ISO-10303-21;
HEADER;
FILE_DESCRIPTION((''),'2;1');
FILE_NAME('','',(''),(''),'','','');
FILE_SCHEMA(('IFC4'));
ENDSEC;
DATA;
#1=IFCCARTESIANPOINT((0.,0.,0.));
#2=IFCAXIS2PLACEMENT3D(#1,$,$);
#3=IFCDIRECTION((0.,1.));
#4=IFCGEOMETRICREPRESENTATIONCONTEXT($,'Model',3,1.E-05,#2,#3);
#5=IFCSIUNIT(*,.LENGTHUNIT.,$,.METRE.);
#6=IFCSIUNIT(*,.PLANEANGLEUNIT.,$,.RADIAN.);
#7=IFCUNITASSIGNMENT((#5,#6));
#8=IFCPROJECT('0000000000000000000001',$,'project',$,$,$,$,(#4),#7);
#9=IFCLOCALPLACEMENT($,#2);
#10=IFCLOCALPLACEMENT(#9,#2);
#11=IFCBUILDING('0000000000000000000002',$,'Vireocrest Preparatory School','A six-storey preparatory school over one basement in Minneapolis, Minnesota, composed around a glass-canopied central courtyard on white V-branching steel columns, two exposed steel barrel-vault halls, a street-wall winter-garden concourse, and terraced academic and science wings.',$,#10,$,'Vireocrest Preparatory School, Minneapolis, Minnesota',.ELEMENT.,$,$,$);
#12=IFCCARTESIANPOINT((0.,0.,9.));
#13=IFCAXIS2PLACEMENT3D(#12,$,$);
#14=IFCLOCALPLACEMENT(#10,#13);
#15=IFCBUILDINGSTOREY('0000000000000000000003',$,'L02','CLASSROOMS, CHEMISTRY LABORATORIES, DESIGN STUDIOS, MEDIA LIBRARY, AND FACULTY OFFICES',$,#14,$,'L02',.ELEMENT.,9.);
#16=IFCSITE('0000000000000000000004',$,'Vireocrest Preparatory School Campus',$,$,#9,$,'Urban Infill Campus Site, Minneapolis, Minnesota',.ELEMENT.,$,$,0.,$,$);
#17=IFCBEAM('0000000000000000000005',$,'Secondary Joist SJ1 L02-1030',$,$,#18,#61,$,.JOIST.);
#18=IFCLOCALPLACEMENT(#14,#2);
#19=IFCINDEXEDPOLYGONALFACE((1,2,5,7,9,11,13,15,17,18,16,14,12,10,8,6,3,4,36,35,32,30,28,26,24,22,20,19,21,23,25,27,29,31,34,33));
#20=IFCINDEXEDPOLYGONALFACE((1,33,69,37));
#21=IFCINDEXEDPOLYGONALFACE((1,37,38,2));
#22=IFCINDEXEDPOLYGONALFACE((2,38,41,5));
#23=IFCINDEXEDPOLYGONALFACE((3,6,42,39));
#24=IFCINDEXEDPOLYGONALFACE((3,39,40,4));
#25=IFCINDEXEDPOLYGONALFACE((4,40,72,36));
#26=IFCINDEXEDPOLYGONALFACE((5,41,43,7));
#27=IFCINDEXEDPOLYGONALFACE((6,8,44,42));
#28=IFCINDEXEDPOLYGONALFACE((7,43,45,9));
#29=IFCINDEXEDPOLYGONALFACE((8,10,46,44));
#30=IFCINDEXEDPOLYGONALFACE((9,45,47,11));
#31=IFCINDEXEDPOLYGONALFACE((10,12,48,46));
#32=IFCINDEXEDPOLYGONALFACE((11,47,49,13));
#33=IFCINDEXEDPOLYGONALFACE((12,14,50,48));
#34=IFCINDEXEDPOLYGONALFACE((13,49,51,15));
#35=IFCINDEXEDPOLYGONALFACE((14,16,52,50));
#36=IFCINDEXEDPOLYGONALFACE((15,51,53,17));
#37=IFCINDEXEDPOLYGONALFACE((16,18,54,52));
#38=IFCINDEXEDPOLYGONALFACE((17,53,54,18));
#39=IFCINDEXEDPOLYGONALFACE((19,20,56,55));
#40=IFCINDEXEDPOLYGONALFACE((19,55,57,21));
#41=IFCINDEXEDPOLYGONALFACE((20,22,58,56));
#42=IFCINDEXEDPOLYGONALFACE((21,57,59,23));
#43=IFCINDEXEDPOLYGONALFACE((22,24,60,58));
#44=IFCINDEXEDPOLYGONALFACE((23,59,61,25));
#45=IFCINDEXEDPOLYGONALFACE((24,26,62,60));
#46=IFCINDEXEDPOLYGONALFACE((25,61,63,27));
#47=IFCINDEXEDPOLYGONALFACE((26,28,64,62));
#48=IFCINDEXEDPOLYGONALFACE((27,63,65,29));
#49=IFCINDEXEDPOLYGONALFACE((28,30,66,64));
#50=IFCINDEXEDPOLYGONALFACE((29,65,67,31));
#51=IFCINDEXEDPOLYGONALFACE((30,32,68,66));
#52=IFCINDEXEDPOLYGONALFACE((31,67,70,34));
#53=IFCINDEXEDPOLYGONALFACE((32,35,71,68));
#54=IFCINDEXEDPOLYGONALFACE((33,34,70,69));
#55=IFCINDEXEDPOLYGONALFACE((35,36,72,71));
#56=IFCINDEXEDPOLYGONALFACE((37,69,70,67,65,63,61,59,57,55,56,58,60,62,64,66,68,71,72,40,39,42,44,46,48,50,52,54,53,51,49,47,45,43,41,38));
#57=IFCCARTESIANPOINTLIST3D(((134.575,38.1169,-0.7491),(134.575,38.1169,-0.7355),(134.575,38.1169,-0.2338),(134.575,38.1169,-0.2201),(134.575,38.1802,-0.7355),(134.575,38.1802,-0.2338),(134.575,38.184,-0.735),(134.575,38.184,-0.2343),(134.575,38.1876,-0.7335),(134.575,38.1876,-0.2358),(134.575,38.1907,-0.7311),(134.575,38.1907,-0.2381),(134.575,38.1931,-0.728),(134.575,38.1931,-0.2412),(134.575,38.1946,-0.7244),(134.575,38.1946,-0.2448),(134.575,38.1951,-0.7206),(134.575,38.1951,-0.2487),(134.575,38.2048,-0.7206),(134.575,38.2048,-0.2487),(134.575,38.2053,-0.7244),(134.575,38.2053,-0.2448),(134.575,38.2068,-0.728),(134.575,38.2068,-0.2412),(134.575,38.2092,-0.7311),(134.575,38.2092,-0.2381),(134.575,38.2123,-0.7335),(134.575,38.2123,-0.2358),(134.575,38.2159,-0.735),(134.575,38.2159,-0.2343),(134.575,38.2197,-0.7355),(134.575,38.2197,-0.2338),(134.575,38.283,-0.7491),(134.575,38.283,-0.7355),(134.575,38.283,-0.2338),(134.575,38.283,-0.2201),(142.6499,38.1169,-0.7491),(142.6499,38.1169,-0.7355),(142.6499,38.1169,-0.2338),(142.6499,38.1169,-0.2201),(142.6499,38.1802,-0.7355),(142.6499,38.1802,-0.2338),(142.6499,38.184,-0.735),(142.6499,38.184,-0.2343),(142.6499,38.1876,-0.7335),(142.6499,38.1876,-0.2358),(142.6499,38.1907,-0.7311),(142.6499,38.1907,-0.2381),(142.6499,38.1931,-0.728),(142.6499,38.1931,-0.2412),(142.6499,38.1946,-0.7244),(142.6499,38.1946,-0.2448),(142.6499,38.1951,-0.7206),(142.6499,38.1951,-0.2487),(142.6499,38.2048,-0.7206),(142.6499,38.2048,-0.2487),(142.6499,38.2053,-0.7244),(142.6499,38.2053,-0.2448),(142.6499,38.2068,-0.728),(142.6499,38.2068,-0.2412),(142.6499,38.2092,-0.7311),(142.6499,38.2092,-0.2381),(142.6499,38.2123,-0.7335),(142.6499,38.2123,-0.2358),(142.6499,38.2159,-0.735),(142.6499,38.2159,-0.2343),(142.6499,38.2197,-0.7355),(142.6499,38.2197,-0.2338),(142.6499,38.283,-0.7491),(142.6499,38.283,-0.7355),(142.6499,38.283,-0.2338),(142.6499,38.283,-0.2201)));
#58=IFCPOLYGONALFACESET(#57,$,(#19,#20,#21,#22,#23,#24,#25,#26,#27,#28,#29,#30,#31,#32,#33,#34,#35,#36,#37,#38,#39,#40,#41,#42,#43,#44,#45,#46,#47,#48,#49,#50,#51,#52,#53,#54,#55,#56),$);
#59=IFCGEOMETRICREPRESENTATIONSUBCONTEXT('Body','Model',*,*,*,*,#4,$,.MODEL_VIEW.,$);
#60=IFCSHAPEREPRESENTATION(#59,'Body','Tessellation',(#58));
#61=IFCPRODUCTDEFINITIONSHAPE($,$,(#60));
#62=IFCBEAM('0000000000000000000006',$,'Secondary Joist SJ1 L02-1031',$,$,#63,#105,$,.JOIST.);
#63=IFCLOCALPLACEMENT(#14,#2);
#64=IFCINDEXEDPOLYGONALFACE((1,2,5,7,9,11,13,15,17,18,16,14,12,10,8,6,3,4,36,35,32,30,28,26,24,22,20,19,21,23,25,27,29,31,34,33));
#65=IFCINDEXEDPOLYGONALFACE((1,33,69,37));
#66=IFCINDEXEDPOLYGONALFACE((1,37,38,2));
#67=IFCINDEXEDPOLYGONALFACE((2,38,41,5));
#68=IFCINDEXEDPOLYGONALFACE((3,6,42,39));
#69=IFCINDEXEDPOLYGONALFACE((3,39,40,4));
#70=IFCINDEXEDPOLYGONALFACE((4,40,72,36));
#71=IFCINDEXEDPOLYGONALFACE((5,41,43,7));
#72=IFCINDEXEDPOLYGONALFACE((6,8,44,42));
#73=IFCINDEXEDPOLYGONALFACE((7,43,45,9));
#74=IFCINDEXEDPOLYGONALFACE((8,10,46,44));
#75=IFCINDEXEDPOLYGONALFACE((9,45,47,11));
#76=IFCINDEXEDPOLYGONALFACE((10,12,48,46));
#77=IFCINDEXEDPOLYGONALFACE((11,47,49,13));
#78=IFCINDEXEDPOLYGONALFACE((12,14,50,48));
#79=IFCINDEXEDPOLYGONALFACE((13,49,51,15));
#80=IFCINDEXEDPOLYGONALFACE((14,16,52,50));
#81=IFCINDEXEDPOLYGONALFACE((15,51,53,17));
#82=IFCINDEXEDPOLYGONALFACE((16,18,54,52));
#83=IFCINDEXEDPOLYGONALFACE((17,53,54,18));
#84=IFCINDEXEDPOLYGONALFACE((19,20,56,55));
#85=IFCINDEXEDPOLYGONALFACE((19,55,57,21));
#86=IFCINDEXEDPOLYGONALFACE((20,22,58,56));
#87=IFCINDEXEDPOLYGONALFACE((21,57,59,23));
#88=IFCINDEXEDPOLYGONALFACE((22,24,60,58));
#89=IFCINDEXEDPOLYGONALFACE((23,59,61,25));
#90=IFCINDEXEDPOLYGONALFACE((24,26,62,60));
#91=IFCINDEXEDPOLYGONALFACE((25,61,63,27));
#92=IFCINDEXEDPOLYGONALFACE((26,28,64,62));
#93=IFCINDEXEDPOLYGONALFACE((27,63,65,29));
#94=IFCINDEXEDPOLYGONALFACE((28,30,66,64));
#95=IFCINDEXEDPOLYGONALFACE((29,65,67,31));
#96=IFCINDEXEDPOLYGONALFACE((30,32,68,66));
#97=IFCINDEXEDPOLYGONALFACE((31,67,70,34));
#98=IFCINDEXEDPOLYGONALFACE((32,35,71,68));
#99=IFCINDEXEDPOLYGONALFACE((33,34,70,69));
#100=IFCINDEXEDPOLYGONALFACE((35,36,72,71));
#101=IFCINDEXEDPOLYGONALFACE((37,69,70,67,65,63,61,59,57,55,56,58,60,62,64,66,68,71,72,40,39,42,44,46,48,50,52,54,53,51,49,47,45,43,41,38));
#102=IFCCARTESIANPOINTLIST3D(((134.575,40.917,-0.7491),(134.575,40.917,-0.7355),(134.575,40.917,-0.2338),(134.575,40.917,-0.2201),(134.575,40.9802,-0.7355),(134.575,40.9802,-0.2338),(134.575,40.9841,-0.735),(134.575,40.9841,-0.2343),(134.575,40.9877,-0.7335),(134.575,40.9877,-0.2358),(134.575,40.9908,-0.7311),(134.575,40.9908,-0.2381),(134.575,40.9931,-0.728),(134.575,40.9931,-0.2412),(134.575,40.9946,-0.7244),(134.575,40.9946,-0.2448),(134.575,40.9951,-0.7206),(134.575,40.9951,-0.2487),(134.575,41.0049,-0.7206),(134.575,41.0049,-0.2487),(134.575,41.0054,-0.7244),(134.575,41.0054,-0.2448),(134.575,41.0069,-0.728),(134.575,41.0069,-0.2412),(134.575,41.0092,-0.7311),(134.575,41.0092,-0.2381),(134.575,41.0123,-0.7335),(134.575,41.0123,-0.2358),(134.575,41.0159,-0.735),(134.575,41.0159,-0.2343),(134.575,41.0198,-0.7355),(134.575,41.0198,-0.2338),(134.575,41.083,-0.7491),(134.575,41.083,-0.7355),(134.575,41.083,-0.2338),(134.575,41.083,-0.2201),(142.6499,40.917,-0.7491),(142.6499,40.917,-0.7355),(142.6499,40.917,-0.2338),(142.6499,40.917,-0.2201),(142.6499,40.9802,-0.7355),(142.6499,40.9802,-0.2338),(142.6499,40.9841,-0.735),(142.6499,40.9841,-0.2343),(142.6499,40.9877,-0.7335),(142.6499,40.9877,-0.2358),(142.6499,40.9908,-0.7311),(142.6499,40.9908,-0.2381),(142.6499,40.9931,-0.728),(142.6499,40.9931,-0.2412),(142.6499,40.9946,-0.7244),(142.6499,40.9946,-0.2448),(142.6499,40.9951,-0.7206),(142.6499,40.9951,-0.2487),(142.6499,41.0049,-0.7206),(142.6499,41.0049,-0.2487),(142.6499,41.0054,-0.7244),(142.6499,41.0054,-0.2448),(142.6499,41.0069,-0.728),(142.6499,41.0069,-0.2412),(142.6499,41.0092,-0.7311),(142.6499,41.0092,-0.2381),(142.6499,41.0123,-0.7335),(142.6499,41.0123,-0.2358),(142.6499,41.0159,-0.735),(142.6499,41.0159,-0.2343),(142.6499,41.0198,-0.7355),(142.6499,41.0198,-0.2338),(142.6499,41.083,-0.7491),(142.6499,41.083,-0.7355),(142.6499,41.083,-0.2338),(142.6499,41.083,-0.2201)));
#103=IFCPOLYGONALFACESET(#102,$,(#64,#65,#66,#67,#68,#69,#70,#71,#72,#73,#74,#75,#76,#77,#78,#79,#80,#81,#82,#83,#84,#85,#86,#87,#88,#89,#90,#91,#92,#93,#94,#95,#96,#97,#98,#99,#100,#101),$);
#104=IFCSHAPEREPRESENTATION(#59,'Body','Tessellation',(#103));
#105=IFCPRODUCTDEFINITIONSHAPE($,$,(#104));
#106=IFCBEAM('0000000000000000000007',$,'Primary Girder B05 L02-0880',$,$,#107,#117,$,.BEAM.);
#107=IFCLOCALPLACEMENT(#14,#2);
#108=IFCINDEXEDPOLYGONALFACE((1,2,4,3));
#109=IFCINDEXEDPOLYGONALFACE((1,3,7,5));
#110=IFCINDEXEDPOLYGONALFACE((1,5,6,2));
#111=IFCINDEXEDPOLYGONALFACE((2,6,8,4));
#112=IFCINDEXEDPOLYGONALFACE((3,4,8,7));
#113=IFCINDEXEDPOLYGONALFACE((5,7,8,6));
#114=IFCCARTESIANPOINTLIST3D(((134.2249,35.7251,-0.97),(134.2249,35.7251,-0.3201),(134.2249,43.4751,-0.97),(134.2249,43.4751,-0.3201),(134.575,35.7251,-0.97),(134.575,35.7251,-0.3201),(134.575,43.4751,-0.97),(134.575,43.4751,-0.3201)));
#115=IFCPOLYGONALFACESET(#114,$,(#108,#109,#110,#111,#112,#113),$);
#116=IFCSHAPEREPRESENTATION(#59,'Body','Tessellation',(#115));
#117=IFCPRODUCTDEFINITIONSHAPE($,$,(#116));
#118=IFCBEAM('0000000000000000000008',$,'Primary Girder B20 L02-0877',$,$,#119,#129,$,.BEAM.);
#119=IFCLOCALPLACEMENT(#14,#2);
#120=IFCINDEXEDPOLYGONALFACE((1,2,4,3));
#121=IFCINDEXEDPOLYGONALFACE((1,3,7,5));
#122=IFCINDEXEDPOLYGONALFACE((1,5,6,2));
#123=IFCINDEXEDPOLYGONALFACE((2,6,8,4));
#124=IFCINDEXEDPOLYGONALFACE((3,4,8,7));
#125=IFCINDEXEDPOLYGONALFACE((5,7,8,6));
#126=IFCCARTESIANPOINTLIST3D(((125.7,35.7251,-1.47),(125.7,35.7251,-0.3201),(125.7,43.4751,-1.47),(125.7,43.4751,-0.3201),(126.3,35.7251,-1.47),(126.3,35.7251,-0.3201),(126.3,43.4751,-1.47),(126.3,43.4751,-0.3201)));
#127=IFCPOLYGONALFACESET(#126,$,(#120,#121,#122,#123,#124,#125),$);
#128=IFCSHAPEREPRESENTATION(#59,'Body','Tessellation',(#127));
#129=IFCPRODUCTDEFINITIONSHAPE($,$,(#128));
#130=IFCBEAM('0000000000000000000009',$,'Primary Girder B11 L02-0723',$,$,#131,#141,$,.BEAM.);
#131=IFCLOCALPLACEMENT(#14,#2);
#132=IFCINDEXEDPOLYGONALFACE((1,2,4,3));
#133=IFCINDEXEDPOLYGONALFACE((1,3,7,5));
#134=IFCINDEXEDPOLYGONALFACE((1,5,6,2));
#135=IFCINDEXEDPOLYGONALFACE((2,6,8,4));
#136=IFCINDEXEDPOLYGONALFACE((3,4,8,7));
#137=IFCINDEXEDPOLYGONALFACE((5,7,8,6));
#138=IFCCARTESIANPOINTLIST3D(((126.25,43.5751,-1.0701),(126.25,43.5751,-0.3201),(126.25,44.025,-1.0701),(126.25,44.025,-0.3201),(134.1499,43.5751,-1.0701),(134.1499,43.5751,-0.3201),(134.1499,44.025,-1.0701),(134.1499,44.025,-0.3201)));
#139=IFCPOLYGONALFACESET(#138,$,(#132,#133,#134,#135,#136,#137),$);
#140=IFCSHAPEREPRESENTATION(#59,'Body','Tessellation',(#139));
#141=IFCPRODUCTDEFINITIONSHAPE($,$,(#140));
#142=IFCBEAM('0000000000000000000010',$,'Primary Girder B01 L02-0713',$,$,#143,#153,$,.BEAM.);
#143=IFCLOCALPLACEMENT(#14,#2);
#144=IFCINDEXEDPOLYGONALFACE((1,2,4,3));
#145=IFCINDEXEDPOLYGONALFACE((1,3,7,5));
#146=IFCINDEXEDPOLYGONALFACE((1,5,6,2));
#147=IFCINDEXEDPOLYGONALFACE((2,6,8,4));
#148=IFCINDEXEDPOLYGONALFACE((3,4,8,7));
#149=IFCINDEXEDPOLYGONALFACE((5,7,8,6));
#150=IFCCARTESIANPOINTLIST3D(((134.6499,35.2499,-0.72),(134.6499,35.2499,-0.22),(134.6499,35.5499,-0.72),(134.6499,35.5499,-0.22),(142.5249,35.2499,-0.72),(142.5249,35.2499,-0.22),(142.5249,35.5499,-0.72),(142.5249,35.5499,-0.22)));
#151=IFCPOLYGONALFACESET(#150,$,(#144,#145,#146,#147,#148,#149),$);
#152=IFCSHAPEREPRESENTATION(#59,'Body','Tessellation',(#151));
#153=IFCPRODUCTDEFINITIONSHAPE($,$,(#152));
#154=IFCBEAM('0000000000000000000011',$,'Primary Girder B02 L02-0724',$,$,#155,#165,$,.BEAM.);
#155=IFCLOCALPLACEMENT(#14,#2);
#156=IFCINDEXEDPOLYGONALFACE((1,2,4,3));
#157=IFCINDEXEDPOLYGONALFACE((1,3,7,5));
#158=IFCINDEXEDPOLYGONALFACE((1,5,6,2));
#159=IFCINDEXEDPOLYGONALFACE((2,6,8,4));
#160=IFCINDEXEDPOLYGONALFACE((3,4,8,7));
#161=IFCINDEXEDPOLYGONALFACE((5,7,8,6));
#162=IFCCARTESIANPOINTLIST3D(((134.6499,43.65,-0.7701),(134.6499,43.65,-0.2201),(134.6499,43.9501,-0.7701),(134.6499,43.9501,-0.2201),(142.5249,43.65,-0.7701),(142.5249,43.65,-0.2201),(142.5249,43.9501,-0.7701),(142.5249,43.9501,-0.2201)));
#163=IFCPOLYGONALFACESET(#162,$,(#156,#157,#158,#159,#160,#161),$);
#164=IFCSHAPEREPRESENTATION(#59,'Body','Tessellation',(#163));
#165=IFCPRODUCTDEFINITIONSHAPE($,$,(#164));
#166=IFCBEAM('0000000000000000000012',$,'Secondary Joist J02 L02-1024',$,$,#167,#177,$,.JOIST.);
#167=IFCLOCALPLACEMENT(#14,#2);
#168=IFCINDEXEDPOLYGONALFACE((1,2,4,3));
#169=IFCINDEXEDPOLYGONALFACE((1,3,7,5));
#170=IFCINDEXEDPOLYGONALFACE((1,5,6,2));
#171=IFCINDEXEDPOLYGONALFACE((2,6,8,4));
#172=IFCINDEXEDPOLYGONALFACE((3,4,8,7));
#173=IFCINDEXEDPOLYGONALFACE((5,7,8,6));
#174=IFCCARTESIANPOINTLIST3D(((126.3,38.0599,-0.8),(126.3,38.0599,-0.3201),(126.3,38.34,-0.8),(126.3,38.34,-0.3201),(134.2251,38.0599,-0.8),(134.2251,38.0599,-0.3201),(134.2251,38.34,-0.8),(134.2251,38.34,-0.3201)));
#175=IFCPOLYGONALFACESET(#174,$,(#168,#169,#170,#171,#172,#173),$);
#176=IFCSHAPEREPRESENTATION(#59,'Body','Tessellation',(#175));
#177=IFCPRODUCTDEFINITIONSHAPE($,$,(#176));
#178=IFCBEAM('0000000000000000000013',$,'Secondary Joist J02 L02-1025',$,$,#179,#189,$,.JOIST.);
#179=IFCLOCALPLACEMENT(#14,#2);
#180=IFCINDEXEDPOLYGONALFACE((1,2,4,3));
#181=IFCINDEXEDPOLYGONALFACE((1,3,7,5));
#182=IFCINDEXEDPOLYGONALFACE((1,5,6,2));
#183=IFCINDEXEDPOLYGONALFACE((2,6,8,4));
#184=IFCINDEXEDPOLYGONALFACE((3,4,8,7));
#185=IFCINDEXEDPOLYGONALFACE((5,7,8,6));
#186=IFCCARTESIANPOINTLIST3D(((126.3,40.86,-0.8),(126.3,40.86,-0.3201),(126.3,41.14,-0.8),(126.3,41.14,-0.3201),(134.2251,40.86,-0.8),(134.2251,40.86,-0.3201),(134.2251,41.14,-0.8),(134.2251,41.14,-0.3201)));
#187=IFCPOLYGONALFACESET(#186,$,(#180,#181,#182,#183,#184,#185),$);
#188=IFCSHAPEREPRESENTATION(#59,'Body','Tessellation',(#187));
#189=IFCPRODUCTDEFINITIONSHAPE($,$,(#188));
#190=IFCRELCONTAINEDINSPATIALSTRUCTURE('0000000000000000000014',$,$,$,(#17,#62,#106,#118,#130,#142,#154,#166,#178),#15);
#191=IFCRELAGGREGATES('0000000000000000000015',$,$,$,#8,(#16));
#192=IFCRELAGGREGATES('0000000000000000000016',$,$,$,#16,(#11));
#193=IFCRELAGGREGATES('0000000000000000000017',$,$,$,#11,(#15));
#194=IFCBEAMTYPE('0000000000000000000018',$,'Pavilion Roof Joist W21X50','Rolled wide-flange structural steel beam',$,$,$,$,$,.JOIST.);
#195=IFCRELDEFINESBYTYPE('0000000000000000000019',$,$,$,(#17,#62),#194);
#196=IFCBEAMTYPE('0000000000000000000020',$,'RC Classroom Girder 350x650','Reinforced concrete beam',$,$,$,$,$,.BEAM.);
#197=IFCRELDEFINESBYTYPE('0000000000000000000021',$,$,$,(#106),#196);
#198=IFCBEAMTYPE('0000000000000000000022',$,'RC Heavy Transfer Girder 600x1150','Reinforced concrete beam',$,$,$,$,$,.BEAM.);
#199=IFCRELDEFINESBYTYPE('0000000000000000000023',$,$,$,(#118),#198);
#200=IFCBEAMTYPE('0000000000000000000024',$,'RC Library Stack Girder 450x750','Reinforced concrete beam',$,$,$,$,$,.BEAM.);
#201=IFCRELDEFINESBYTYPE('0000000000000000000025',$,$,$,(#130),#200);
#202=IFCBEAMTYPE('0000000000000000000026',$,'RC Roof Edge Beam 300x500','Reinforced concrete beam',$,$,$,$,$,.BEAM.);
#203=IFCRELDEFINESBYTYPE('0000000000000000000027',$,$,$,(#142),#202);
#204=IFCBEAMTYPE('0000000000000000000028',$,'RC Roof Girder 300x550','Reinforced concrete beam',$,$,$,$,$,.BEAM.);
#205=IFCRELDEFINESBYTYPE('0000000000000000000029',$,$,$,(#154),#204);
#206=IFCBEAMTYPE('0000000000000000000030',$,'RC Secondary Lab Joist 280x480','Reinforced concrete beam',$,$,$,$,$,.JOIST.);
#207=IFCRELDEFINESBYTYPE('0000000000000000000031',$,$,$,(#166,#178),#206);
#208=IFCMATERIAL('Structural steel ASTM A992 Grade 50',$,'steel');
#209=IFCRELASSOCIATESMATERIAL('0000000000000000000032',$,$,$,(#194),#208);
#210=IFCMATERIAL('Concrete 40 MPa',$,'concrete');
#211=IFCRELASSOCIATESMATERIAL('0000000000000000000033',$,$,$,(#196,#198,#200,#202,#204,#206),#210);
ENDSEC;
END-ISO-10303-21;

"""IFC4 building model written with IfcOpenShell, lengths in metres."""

from ifc_helpers import new_model, si_unit, direction, frame, origin, origin_2d, place, context, subcontext, project, spatial, rectangle, i_section, extrude, material, material_profile, profile_set, type_object, element, save


model = new_model("IFC4")

# Units and contexts
model_context = context("Model", 3, precision=1e-05, world=origin(), true_north=direction((0.0, 1.0)))
body_context = subcontext(model_context, "Body", "Model", "MODEL_VIEW")
ifc_project = project(units=[si_unit("LENGTHUNIT", "METRE"), si_unit("PLANEANGLEUNIT", "RADIAN")], contexts=[model_context])

# Site, building, storey
site_placement = place(None, origin())
site = spatial("IfcSite", under=ifc_project, at=site_placement, Name="Vireocrest Preparatory School Campus", LongName="Urban Infill Campus Site, Minneapolis, Minnesota", CompositionType="ELEMENT", RefElevation=0.0)
building_placement = place(site_placement, origin())
building = spatial("IfcBuilding", under=site, at=building_placement, Name="Vireocrest Preparatory School", Description="A six-storey preparatory school over one basement in Minneapolis, Minnesota, composed around a glass-canopied central courtyard on white V-branching steel columns, two exposed steel barrel-vault halls, a street-wall winter-garden concourse, and terraced academic and science wings.", LongName="Vireocrest Preparatory School, Minneapolis, Minnesota", CompositionType="ELEMENT")
storey_placement = place(building_placement, frame((0.0, 0.0, 9.0)))
storey = spatial("IfcBuildingStorey", under=building, at=storey_placement, Name="L02", Description="CLASSROOMS, CHEMISTRY LABORATORIES, DESIGN STUDIOS, MEDIA LIBRARY, AND FACULTY OFFICES", LongName="L02", CompositionType="ELEMENT", Elevation=9.0)

# Beams
ifc_material_1 = material(Name="Structural steel ASTM A992 Grade 50", Category="steel")
ifc_material_profile_1 = material_profile(ifc_material_1, i_section(OverallWidth=0.166, OverallDepth=0.5291, WebThickness=0.0098, FlangeThickness=0.0137, FilletRadius=0.0149, at=origin_2d()), Name="W21X50")
ifc_profile_set_1 = profile_set([ifc_material_profile_1], Name="Structural steel ASTM A992 Grade 50")
beam_type_1 = type_object("IfcBeamType", Name="Pavilion Roof Joist W21X50", Description="Rolled wide-flange structural steel beam", PredefinedType="JOIST", material=ifc_profile_set_1)
for number, where, z_axis, x_axis, name in (
    (1, (134.575, 38.2, -0.4846), (1.0, 0.0, 0.0), (0.0, 1.0, 0.0), "Secondary Joist SJ1 L02-1030"),
    (2, (134.575, 41.0, -0.4846), (1.0, 0.0, 0.0), (0.0, 1.0, 0.0), "Secondary Joist SJ1 L02-1031"),
):
    element("IfcBeam", number, at=place(storey_placement, frame(where, z_axis=z_axis, x_axis=x_axis)), inside=storey, type_object=beam_type_1, Name=name, PredefinedType="JOIST", context=body_context, shape_type="SweptSolid", body=[
        extrude(i_section(OverallWidth=0.166, OverallDepth=0.5291, WebThickness=0.0098, FlangeThickness=0.0137, FilletRadius=0.0149, at=origin_2d()), origin(), (0.0, 0.0, 1.0), 8.075),
    ])
ifc_material_2 = material(Name="Concrete 40 MPa", Category="concrete")
ifc_material_profile_2 = material_profile(ifc_material_2, rectangle(XDim=0.3501, YDim=0.6499, at=origin_2d()), Name="RC 350x650")
ifc_profile_set_2 = profile_set([ifc_material_profile_2], Name="Concrete 40 MPa")
beam_type_2 = type_object("IfcBeamType", Name="RC Classroom Girder 350x650", Description="Reinforced concrete beam", PredefinedType="BEAM", material=ifc_profile_set_2)
beam_1_placement = place(storey_placement, frame((134.3999, 35.7251, -0.645), z_axis=(0.0, 1.0, 0.0), x_axis=(-1.0, 0.0, 0.0)))
element("IfcBeam", 3, at=beam_1_placement, inside=storey, type_object=beam_type_2, Name="Primary Girder B05 L02-0880", PredefinedType="BEAM", context=body_context, shape_type="SweptSolid", body=[
    extrude(rectangle(XDim=0.3501, YDim=0.6499, at=origin_2d()), origin(), (0.0, 0.0, 1.0), 7.75),
])
ifc_material_profile_3 = material_profile(ifc_material_2, rectangle(XDim=0.6001, YDim=1.1499, at=origin_2d()), Name="RC 600x1150")
ifc_profile_set_3 = profile_set([ifc_material_profile_3], Name="Concrete 40 MPa")
beam_type_3 = type_object("IfcBeamType", Name="RC Heavy Transfer Girder 600x1150", Description="Reinforced concrete beam", PredefinedType="BEAM", material=ifc_profile_set_3)
beam_2_placement = place(storey_placement, frame((126.0, 35.7251, -0.895), z_axis=(0.0, 1.0, 0.0), x_axis=(-1.0, 0.0, 0.0)))
element("IfcBeam", 4, at=beam_2_placement, inside=storey, type_object=beam_type_3, Name="Primary Girder B20 L02-0877", PredefinedType="BEAM", context=body_context, shape_type="SweptSolid", body=[
    extrude(rectangle(XDim=0.6001, YDim=1.1499, at=origin_2d()), origin(), (0.0, 0.0, 1.0), 7.75),
])
ifc_material_profile_4 = material_profile(ifc_material_2, rectangle(XDim=0.45, YDim=0.75, at=origin_2d()), Name="RC 450x750")
ifc_profile_set_4 = profile_set([ifc_material_profile_4], Name="Concrete 40 MPa")
beam_type_4 = type_object("IfcBeamType", Name="RC Library Stack Girder 450x750", Description="Reinforced concrete beam", PredefinedType="BEAM", material=ifc_profile_set_4)
beam_3_placement = place(storey_placement, frame((126.25, 43.8, -0.6951), z_axis=(1.0, 0.0, 0.0), x_axis=(0.0, 1.0, 0.0)))
element("IfcBeam", 5, at=beam_3_placement, inside=storey, type_object=beam_type_4, Name="Primary Girder B11 L02-0723", PredefinedType="BEAM", context=body_context, shape_type="SweptSolid", body=[
    extrude(rectangle(XDim=0.45, YDim=0.75, at=origin_2d()), origin(), (0.0, 0.0, 1.0), 7.8999),
])
ifc_material_profile_5 = material_profile(ifc_material_2, rectangle(XDim=0.3, YDim=0.5, at=origin_2d()), Name="RC 300x500")
ifc_profile_set_5 = profile_set([ifc_material_profile_5], Name="Concrete 40 MPa")
beam_type_5 = type_object("IfcBeamType", Name="RC Roof Edge Beam 300x500", Description="Reinforced concrete beam", PredefinedType="BEAM", material=ifc_profile_set_5)
beam_4_placement = place(storey_placement, frame((134.6499, 35.3999, -0.47), z_axis=(1.0, 0.0, 0.0), x_axis=(0.0, 1.0, 0.0)))
element("IfcBeam", 6, at=beam_4_placement, inside=storey, type_object=beam_type_5, Name="Primary Girder B01 L02-0713", PredefinedType="BEAM", context=body_context, shape_type="SweptSolid", body=[
    extrude(rectangle(XDim=0.3, YDim=0.5, at=origin_2d()), origin(), (0.0, 0.0, 1.0), 7.875),
])
ifc_material_profile_6 = material_profile(ifc_material_2, rectangle(XDim=0.3, YDim=0.55, at=origin_2d()), Name="RC 300x550")
ifc_profile_set_6 = profile_set([ifc_material_profile_6], Name="Concrete 40 MPa")
beam_type_6 = type_object("IfcBeamType", Name="RC Roof Girder 300x550", Description="Reinforced concrete beam", PredefinedType="BEAM", material=ifc_profile_set_6)
beam_5_placement = place(storey_placement, frame((134.6499, 43.8, -0.4951), z_axis=(1.0, 0.0, 0.0), x_axis=(0.0, 1.0, 0.0)))
element("IfcBeam", 7, at=beam_5_placement, inside=storey, type_object=beam_type_6, Name="Primary Girder B02 L02-0724", PredefinedType="BEAM", context=body_context, shape_type="SweptSolid", body=[
    extrude(rectangle(XDim=0.3, YDim=0.55, at=origin_2d()), origin(), (0.0, 0.0, 1.0), 7.875),
])
ifc_material_profile_7 = material_profile(ifc_material_2, rectangle(XDim=0.28, YDim=0.48, at=origin_2d()), Name="RC 280x480")
ifc_profile_set_7 = profile_set([ifc_material_profile_7], Name="Concrete 40 MPa")
beam_type_7 = type_object("IfcBeamType", Name="RC Secondary Lab Joist 280x480", Description="Reinforced concrete beam", PredefinedType="JOIST", material=ifc_profile_set_7)
for number, where, z_axis, x_axis, name in (
    (8, (126.3, 38.2, -0.5601), (1.0, 0.0, 0.0), (0.0, 1.0, 0.0), "Secondary Joist J02 L02-1024"),
    (9, (126.3, 41.0, -0.5601), (1.0, 0.0, 0.0), (0.0, 1.0, 0.0), "Secondary Joist J02 L02-1025"),
):
    element("IfcBeam", number, at=place(storey_placement, frame(where, z_axis=z_axis, x_axis=x_axis)), inside=storey, type_object=beam_type_7, Name=name, PredefinedType="JOIST", context=body_context, shape_type="SweptSolid", body=[
        extrude(rectangle(XDim=0.28, YDim=0.48, at=origin_2d()), origin(), (0.0, 0.0, 1.0), 7.925),
    ])

save(model, "model.ifc")
